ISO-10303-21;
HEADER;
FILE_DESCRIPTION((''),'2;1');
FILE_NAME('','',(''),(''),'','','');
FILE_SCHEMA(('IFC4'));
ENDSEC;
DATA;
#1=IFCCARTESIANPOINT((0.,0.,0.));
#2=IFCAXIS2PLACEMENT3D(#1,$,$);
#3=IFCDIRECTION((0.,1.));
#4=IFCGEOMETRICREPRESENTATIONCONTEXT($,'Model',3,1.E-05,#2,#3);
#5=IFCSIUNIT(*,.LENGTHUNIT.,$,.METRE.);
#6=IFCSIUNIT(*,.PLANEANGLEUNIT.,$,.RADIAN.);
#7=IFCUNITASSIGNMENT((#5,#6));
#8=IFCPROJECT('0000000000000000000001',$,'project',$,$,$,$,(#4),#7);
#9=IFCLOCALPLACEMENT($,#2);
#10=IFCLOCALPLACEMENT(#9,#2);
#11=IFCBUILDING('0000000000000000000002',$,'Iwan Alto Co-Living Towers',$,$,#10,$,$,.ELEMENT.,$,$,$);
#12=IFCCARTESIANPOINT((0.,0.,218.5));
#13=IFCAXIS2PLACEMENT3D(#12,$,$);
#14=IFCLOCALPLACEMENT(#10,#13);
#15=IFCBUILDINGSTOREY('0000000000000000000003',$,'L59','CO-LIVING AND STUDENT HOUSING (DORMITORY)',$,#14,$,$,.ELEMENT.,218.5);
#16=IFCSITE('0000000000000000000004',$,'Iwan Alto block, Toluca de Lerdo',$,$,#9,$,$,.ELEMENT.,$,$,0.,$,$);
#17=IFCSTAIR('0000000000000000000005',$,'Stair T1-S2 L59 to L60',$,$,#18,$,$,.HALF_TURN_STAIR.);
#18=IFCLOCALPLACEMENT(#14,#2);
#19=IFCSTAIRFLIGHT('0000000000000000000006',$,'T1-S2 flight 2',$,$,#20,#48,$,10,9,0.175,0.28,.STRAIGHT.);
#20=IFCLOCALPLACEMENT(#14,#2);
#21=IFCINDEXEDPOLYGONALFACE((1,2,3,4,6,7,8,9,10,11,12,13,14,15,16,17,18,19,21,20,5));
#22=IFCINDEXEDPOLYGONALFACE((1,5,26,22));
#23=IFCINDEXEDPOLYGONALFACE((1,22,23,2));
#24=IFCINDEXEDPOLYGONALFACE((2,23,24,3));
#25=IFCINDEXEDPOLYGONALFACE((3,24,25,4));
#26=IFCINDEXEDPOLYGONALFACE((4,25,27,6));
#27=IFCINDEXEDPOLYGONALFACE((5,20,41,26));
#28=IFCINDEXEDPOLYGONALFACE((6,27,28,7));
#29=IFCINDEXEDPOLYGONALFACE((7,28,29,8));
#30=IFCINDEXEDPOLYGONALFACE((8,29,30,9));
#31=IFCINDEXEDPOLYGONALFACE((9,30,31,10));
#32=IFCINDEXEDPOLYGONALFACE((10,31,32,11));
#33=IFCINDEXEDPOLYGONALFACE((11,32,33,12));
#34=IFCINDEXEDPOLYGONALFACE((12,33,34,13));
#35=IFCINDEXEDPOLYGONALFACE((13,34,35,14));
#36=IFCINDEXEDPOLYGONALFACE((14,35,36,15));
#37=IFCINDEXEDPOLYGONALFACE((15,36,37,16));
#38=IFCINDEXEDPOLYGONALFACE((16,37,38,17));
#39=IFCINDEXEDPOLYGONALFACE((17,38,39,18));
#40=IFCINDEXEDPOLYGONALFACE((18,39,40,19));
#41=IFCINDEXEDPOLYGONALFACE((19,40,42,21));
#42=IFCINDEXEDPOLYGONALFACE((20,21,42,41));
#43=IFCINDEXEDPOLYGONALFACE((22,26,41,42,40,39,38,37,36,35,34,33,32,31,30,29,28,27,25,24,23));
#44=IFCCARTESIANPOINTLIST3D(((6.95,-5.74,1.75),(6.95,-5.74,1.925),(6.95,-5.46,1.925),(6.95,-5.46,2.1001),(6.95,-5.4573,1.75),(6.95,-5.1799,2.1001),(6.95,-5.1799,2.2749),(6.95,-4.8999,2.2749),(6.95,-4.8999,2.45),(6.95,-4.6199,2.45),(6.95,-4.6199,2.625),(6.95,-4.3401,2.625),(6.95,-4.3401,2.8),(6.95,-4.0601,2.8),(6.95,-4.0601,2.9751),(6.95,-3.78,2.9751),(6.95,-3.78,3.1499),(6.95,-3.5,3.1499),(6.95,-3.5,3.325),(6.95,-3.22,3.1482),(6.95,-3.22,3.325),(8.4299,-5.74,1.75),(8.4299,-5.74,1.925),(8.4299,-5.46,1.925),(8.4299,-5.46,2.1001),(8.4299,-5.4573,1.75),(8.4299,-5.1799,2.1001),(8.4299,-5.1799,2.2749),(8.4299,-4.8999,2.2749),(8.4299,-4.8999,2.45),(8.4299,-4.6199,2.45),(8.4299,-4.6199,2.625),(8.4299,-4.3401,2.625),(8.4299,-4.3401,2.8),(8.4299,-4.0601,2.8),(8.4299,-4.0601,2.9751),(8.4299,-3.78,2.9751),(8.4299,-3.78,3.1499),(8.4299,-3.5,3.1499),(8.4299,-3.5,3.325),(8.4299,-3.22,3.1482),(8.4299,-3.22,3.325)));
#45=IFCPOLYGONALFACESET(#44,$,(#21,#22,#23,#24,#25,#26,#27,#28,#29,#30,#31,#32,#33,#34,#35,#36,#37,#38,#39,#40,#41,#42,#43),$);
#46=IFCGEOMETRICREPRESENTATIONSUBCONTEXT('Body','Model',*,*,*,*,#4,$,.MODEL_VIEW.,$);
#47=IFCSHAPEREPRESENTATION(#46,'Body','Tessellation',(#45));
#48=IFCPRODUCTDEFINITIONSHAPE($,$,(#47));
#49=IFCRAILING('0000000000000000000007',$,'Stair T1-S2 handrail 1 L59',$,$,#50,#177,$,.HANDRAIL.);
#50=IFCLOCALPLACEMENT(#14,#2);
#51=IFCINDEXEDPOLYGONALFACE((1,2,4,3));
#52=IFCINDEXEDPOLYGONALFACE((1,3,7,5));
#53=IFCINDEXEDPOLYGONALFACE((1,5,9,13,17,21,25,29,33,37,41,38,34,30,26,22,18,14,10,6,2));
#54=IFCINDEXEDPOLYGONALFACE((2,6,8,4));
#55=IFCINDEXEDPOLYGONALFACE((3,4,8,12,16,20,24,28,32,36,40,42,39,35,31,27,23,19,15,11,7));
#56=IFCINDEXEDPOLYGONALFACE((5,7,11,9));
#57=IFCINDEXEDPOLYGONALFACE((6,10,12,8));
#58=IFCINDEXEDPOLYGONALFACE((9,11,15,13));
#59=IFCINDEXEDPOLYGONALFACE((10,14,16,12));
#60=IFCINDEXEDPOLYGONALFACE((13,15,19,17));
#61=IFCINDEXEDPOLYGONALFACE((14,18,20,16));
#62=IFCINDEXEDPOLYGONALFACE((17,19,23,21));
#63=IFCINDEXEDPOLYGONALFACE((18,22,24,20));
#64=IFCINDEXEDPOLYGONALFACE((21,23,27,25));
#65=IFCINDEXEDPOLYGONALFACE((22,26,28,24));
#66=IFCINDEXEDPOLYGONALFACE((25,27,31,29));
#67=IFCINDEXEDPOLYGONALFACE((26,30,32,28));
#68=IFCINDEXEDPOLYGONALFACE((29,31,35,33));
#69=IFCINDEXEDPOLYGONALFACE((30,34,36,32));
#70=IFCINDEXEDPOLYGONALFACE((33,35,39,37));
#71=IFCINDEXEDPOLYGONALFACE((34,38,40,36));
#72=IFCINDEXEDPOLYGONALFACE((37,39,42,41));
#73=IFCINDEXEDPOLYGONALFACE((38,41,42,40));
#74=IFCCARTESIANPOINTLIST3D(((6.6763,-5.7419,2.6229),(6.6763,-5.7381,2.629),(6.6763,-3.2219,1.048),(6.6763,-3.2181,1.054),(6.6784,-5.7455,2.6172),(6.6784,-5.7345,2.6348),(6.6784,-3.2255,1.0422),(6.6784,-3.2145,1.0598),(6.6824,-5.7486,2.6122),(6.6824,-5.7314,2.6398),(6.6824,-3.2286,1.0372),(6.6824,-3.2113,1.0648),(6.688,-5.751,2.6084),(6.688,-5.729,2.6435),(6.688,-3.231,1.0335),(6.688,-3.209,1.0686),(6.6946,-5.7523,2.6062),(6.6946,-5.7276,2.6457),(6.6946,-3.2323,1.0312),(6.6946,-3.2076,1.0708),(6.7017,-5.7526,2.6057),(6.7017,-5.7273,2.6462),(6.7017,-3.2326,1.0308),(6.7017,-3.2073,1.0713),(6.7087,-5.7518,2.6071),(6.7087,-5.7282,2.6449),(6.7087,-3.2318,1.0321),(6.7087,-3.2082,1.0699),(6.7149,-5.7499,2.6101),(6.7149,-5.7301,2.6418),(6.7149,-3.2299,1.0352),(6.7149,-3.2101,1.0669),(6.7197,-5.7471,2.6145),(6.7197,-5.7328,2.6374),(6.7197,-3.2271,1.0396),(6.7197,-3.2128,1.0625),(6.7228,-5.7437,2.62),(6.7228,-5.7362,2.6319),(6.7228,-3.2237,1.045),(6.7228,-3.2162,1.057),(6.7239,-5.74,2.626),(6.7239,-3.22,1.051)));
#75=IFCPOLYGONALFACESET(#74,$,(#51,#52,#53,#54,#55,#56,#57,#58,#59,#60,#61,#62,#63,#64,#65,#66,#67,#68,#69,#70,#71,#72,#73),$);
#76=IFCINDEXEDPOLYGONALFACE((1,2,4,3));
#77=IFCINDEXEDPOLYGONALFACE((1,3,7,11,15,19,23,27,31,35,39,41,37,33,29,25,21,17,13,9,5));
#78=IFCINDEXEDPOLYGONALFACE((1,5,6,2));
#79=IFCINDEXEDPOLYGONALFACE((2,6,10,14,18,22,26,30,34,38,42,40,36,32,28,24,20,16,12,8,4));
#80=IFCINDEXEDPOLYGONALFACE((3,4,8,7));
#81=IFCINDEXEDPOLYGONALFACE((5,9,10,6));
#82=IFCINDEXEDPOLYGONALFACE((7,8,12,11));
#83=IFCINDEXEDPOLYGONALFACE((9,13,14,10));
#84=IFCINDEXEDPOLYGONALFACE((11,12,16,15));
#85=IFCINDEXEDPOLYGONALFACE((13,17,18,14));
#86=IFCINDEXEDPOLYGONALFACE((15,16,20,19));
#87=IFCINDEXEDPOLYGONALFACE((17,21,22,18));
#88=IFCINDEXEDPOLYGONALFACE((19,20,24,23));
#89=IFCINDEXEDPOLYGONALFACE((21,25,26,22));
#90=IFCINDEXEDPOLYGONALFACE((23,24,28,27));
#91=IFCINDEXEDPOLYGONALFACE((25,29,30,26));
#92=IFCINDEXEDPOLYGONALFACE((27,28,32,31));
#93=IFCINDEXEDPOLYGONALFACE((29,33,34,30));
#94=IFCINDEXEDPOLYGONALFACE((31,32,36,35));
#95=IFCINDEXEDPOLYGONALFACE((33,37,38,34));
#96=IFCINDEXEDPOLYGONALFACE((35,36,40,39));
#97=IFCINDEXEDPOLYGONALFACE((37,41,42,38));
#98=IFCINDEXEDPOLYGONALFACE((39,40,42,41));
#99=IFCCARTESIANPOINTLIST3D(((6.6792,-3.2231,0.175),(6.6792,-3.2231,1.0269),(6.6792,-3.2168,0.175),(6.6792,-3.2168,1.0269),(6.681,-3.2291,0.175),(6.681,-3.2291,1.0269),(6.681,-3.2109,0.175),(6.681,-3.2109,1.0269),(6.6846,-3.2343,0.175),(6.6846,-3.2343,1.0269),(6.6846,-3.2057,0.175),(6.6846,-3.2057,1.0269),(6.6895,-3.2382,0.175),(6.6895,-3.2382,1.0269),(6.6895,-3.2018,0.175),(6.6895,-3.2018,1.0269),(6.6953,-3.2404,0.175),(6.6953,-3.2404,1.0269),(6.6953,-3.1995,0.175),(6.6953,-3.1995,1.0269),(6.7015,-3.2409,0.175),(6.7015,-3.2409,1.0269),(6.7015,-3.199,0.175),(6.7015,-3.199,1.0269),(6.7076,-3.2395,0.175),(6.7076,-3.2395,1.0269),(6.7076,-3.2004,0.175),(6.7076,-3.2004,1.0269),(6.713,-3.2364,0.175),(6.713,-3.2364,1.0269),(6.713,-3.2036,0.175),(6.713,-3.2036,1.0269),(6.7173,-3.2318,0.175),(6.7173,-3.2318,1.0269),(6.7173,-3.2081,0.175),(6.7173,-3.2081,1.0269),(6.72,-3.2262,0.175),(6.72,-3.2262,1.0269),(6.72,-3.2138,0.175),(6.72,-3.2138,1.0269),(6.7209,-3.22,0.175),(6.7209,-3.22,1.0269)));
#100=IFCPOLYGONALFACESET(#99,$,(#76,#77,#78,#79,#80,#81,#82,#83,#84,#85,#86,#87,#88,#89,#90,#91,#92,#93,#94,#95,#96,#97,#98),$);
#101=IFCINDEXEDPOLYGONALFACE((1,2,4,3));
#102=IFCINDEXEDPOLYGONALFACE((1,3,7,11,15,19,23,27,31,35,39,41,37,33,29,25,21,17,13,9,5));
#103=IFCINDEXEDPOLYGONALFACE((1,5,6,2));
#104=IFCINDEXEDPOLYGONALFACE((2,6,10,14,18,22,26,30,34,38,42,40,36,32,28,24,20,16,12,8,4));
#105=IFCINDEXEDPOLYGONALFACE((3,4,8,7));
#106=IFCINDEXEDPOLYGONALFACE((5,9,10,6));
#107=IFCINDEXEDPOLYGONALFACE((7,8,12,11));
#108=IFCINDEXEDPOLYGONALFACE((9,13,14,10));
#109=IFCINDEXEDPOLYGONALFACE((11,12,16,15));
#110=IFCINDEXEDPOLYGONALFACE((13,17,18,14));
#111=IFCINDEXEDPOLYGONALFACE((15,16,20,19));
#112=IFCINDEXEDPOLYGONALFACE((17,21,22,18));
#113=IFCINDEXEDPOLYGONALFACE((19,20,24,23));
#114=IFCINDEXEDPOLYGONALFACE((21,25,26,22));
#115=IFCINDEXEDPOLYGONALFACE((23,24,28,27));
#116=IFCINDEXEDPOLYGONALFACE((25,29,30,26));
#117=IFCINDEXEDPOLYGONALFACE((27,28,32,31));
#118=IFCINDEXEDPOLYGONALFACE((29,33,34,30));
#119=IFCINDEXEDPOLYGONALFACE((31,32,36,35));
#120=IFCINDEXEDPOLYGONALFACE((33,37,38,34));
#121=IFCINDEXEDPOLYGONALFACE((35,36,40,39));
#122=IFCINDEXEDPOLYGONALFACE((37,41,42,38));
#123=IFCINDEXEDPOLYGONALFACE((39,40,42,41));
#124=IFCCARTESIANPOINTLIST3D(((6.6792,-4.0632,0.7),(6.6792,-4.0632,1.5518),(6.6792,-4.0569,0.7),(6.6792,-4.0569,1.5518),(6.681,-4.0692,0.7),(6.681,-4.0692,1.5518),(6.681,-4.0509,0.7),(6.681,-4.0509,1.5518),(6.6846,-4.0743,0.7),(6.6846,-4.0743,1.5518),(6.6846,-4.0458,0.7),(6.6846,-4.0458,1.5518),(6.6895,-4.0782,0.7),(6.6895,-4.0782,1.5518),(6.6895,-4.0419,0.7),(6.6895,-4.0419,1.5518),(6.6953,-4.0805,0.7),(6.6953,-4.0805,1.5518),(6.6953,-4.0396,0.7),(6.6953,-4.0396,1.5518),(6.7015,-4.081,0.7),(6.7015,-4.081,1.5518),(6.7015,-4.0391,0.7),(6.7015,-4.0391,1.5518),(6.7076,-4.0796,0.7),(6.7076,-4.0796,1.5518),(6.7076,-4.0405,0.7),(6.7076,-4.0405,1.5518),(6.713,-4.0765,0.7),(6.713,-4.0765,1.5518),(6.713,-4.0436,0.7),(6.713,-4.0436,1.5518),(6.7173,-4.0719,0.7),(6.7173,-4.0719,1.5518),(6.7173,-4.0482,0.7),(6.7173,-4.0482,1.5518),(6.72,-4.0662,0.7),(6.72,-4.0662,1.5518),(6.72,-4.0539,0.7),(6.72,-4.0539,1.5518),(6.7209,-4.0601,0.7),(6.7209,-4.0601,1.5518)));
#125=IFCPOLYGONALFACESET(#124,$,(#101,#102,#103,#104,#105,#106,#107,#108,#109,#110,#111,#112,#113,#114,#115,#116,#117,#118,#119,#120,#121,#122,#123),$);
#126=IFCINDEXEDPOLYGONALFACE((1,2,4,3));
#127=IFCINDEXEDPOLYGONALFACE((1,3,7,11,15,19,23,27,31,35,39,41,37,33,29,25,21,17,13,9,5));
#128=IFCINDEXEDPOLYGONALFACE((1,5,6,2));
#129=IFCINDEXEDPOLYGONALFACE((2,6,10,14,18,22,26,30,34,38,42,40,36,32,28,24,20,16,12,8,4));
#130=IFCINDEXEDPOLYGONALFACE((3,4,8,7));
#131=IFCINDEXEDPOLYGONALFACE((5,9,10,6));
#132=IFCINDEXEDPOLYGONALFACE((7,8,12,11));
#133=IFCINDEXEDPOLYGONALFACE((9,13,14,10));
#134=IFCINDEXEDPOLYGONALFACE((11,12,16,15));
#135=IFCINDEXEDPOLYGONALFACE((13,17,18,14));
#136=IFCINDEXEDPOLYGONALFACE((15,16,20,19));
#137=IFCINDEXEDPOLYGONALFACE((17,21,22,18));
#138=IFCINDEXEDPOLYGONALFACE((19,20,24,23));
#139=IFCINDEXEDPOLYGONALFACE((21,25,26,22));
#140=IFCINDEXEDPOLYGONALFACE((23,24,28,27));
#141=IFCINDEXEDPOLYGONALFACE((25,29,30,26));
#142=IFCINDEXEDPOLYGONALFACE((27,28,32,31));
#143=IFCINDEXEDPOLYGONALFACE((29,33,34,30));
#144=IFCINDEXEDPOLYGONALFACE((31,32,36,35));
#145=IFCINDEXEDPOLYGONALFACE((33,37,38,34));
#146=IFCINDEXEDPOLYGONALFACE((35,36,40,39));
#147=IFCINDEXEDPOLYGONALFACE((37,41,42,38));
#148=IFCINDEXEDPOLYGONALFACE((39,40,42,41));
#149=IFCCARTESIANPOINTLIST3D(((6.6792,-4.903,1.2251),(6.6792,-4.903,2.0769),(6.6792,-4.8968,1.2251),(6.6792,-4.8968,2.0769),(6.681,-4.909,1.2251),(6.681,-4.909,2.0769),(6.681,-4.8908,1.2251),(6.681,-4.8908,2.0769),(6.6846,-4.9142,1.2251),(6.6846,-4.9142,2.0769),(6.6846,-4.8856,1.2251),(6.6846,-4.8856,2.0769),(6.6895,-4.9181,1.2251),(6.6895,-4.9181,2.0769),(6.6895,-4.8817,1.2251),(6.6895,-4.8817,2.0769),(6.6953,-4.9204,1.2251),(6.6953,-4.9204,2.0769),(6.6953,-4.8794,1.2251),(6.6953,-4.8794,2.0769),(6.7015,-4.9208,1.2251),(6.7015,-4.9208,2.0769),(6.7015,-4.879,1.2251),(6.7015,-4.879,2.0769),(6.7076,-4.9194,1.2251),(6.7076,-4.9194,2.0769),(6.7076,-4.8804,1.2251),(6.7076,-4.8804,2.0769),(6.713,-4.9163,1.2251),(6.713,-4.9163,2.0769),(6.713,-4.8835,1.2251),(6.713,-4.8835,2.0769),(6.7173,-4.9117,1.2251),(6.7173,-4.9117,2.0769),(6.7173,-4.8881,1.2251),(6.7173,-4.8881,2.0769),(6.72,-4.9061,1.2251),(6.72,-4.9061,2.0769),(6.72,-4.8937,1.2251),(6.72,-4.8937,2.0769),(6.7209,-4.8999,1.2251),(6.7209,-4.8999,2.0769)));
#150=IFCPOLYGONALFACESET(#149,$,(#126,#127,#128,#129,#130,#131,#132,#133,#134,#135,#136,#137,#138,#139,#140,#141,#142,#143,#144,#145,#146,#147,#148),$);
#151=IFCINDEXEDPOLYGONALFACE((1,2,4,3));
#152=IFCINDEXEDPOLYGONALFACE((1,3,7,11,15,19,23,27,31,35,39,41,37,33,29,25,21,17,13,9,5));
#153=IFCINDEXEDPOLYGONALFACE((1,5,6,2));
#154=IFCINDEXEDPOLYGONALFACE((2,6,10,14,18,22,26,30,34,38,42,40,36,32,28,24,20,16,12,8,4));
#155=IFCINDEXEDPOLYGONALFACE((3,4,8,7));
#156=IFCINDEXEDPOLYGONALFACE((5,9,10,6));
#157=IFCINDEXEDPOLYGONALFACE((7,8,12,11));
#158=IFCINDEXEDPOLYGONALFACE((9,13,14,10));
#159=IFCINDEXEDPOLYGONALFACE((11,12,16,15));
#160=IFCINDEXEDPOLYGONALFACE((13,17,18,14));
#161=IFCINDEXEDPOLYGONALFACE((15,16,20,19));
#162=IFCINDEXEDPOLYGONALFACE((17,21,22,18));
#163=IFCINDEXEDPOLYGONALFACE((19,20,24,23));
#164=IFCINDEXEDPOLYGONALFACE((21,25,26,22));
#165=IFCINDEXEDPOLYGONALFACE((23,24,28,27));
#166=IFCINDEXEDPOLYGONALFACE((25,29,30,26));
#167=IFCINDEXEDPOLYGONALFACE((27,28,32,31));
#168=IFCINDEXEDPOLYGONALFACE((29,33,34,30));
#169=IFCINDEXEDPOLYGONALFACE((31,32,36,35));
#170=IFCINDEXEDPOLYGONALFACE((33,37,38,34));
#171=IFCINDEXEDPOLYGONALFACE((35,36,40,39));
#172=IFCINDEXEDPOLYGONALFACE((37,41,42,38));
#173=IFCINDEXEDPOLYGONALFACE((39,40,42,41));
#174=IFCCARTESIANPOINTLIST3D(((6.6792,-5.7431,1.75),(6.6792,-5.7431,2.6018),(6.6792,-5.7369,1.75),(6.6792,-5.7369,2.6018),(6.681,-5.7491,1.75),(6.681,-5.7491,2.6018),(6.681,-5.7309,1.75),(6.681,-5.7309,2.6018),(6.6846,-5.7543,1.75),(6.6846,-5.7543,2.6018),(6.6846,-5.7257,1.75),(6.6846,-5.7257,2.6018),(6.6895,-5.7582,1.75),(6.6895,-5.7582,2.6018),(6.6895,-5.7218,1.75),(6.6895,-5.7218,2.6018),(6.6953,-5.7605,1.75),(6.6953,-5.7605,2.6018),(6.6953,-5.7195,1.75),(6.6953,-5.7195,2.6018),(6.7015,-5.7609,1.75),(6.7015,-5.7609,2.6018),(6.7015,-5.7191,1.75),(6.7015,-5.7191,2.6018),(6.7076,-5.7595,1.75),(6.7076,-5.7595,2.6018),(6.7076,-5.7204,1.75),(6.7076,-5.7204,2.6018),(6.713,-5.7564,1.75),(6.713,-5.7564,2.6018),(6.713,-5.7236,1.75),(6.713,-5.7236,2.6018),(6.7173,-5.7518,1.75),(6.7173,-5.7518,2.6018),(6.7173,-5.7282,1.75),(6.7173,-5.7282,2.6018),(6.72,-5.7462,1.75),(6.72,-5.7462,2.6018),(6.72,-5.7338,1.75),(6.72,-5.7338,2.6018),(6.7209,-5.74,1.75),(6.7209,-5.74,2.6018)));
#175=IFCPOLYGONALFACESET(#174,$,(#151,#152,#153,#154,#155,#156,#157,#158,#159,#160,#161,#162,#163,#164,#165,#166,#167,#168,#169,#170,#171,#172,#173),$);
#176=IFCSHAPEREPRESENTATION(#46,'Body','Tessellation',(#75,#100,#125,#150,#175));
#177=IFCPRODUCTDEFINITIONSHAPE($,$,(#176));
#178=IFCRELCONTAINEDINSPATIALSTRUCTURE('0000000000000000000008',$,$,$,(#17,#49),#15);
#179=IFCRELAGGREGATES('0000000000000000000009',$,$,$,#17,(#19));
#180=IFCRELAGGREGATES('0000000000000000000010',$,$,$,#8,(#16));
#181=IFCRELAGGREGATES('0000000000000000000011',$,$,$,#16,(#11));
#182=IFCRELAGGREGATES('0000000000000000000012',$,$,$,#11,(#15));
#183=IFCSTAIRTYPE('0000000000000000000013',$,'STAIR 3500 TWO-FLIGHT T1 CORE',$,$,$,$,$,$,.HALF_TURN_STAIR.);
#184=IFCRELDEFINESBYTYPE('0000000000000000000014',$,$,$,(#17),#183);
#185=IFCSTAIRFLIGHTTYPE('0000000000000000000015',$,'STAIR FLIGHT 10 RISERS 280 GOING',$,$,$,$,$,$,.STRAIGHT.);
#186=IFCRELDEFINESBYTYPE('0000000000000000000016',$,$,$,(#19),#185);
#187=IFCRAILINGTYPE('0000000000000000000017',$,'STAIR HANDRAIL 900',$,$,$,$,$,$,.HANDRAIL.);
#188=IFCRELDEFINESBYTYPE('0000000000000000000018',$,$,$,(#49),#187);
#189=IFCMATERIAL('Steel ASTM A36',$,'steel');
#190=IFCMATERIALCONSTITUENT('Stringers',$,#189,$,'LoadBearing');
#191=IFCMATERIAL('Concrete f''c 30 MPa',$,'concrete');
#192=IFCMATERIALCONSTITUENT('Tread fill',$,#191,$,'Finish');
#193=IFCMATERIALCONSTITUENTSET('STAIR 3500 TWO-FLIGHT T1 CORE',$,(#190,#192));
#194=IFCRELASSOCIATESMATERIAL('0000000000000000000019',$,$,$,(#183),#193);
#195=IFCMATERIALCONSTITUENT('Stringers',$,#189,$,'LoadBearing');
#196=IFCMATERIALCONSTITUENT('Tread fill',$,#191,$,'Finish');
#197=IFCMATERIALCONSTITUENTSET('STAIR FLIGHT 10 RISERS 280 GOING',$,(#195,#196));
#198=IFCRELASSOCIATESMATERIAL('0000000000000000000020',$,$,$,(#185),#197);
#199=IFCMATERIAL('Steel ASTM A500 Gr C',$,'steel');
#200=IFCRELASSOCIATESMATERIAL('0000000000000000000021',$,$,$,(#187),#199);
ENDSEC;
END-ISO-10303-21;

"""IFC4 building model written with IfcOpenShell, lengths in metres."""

from ifc_helpers import new_model, si_unit, direction, frame, origin, origin_2d, place, context, subcontext, project, spatial, polyline, circle, outline, extrude, material, constituent, constituent_set, type_object, element, aggregate, save


model = new_model("IFC4")

# Units and contexts
model_context = context("Model", 3, precision=1e-05, world=origin(), true_north=direction((0.0, 1.0)))
body_context = subcontext(model_context, "Body", "Model", "MODEL_VIEW")
ifc_project = project(units=[si_unit("LENGTHUNIT", "METRE"), si_unit("PLANEANGLEUNIT", "RADIAN")], contexts=[model_context])

# Site, building, storey
site_placement = place(None, origin())
site = spatial("IfcSite", under=ifc_project, at=site_placement, Name="Iwan Alto block, Toluca de Lerdo", CompositionType="ELEMENT", RefElevation=0.0)
building_placement = place(site_placement, origin())
building = spatial("IfcBuilding", under=site, at=building_placement, Name="Iwan Alto Co-Living Towers", CompositionType="ELEMENT")
storey_placement = place(building_placement, frame((0.0, 0.0, 218.5)))
storey = spatial("IfcBuildingStorey", under=building, at=storey_placement, Name="L59", Description="CO-LIVING AND STUDENT HOUSING (DORMITORY)", CompositionType="ELEMENT", Elevation=218.5)

# Shared definitions
ifc_material_1 = material(Name="Steel ASTM A36", Category="steel")
ifc_constituent_1 = constituent(ifc_material_1, Name="Stringers", Category="LoadBearing")
ifc_material_2 = material(Name="Concrete f'c 30 MPa", Category="concrete")
ifc_constituent_2 = constituent(ifc_material_2, Name="Tread fill", Category="Finish")
ifc_constituent_set_1 = constituent_set(constituents=[ifc_constituent_1, ifc_constituent_2], Name="STAIR 3500 TWO-FLIGHT T1 CORE")
stair_type = type_object("IfcStairType", Name="STAIR 3500 TWO-FLIGHT T1 CORE", PredefinedType="HALF_TURN_STAIR", material=ifc_constituent_set_1)

# Stair, stair flight
stair_1_placement = place(storey_placement, origin())
stair_1 = element("IfcStair", 1, at=stair_1_placement, inside=storey, type_object=stair_type, Name="Stair T1-S2 L59 to L60", PredefinedType="HALF_TURN_STAIR")
ifc_constituent_3 = constituent(ifc_material_1, Name="Stringers", Category="LoadBearing")
ifc_constituent_4 = constituent(ifc_material_2, Name="Tread fill", Category="Finish")
ifc_constituent_set_2 = constituent_set(constituents=[ifc_constituent_3, ifc_constituent_4], Name="STAIR FLIGHT 10 RISERS 280 GOING")
stair_flight_type = type_object("IfcStairFlightType", Name="STAIR FLIGHT 10 RISERS 280 GOING", PredefinedType="STRAIGHT", material=ifc_constituent_set_2)
stair_flight_1_placement = place(storey_placement, frame((7.6899, -5.74, 1.75), z_axis=(0.0, 0.0, 1.0), x_axis=(0.0, 1.0, 0.0)))
stair_flight_1 = element("IfcStairFlight", 2, at=stair_flight_1_placement, type_object=stair_flight_type, Name="T1-S2 flight 2", NumberOfRisers=10, NumberOfTreads=9, PredefinedType="STRAIGHT", RiserHeight=0.175, TreadLength=0.28, context=body_context, shape_type="SweptSolid", body=[
    extrude(outline(polyline([(0.0, 0.0), (0.0, 0.175), (0.28, 0.175), (0.28, 0.3501), (0.5601, 0.3501), (0.5601, 0.5249), (0.8401, 0.5249), (0.8401, 0.7), (1.1201, 0.7), (1.1201, 0.875), (1.3999, 0.875), (1.3999, 1.05), (1.6799, 1.05), (1.6799, 1.2251), (1.96, 1.2251), (1.96, 1.3999), (2.24, 1.3999), (2.24, 1.575), (2.52, 1.575), (2.52, 1.75), (2.52, 1.3982), (0.2827, 0.0), (0.0, 0.0)])), frame((0.0, 0.74, 0.0), z_axis=(0.0, -1.0, 0.0), x_axis=(1.0, 0.0, 0.0)), (0.0, 0.0, 1.0), 1.48),
])
aggregate(stair_1, [stair_flight_1])

# Railing
ifc_material_3 = material(Name="Steel ASTM A500 Gr C", Category="steel")
railing_type_1 = type_object("IfcRailingType", Name="STAIR HANDRAIL 900", PredefinedType="HANDRAIL", material=ifc_material_3)
railing_1_placement = place(storey_placement, frame((6.7, -3.22, 0.175)))
element("IfcRailing", 3, at=railing_1_placement, inside=storey, type_object=railing_type_1, Name="Stair T1-S2 handrail 1 L59", PredefinedType="HANDRAIL", context=body_context, shape_type="SweptSolid", body=[
    extrude(circle(Radius=0.0239, at=origin_2d()), frame((0.0, 0.0, 0.876), z_axis=(0.0, -0.848008, 0.529984), x_axis=(1.0, 0.0, 0.0)), (0.0, 0.0, 1.0), 2.9717),
    extrude(circle(Radius=0.021, at=origin_2d()), origin(), (0.0, 0.0, 1.0), 0.8518),
    extrude(circle(Radius=0.021, at=origin_2d()), frame((0.0, -0.8401, 0.5249)), (0.0, 0.0, 1.0), 0.8518),
    extrude(circle(Radius=0.021, at=origin_2d()), frame((0.0, -1.6799, 1.05)), (0.0, 0.0, 1.0), 0.8518),
    extrude(circle(Radius=0.021, at=origin_2d()), frame((0.0, -2.52, 1.575)), (0.0, 0.0, 1.0), 0.8518),
])

save(model, "model.ifc")
